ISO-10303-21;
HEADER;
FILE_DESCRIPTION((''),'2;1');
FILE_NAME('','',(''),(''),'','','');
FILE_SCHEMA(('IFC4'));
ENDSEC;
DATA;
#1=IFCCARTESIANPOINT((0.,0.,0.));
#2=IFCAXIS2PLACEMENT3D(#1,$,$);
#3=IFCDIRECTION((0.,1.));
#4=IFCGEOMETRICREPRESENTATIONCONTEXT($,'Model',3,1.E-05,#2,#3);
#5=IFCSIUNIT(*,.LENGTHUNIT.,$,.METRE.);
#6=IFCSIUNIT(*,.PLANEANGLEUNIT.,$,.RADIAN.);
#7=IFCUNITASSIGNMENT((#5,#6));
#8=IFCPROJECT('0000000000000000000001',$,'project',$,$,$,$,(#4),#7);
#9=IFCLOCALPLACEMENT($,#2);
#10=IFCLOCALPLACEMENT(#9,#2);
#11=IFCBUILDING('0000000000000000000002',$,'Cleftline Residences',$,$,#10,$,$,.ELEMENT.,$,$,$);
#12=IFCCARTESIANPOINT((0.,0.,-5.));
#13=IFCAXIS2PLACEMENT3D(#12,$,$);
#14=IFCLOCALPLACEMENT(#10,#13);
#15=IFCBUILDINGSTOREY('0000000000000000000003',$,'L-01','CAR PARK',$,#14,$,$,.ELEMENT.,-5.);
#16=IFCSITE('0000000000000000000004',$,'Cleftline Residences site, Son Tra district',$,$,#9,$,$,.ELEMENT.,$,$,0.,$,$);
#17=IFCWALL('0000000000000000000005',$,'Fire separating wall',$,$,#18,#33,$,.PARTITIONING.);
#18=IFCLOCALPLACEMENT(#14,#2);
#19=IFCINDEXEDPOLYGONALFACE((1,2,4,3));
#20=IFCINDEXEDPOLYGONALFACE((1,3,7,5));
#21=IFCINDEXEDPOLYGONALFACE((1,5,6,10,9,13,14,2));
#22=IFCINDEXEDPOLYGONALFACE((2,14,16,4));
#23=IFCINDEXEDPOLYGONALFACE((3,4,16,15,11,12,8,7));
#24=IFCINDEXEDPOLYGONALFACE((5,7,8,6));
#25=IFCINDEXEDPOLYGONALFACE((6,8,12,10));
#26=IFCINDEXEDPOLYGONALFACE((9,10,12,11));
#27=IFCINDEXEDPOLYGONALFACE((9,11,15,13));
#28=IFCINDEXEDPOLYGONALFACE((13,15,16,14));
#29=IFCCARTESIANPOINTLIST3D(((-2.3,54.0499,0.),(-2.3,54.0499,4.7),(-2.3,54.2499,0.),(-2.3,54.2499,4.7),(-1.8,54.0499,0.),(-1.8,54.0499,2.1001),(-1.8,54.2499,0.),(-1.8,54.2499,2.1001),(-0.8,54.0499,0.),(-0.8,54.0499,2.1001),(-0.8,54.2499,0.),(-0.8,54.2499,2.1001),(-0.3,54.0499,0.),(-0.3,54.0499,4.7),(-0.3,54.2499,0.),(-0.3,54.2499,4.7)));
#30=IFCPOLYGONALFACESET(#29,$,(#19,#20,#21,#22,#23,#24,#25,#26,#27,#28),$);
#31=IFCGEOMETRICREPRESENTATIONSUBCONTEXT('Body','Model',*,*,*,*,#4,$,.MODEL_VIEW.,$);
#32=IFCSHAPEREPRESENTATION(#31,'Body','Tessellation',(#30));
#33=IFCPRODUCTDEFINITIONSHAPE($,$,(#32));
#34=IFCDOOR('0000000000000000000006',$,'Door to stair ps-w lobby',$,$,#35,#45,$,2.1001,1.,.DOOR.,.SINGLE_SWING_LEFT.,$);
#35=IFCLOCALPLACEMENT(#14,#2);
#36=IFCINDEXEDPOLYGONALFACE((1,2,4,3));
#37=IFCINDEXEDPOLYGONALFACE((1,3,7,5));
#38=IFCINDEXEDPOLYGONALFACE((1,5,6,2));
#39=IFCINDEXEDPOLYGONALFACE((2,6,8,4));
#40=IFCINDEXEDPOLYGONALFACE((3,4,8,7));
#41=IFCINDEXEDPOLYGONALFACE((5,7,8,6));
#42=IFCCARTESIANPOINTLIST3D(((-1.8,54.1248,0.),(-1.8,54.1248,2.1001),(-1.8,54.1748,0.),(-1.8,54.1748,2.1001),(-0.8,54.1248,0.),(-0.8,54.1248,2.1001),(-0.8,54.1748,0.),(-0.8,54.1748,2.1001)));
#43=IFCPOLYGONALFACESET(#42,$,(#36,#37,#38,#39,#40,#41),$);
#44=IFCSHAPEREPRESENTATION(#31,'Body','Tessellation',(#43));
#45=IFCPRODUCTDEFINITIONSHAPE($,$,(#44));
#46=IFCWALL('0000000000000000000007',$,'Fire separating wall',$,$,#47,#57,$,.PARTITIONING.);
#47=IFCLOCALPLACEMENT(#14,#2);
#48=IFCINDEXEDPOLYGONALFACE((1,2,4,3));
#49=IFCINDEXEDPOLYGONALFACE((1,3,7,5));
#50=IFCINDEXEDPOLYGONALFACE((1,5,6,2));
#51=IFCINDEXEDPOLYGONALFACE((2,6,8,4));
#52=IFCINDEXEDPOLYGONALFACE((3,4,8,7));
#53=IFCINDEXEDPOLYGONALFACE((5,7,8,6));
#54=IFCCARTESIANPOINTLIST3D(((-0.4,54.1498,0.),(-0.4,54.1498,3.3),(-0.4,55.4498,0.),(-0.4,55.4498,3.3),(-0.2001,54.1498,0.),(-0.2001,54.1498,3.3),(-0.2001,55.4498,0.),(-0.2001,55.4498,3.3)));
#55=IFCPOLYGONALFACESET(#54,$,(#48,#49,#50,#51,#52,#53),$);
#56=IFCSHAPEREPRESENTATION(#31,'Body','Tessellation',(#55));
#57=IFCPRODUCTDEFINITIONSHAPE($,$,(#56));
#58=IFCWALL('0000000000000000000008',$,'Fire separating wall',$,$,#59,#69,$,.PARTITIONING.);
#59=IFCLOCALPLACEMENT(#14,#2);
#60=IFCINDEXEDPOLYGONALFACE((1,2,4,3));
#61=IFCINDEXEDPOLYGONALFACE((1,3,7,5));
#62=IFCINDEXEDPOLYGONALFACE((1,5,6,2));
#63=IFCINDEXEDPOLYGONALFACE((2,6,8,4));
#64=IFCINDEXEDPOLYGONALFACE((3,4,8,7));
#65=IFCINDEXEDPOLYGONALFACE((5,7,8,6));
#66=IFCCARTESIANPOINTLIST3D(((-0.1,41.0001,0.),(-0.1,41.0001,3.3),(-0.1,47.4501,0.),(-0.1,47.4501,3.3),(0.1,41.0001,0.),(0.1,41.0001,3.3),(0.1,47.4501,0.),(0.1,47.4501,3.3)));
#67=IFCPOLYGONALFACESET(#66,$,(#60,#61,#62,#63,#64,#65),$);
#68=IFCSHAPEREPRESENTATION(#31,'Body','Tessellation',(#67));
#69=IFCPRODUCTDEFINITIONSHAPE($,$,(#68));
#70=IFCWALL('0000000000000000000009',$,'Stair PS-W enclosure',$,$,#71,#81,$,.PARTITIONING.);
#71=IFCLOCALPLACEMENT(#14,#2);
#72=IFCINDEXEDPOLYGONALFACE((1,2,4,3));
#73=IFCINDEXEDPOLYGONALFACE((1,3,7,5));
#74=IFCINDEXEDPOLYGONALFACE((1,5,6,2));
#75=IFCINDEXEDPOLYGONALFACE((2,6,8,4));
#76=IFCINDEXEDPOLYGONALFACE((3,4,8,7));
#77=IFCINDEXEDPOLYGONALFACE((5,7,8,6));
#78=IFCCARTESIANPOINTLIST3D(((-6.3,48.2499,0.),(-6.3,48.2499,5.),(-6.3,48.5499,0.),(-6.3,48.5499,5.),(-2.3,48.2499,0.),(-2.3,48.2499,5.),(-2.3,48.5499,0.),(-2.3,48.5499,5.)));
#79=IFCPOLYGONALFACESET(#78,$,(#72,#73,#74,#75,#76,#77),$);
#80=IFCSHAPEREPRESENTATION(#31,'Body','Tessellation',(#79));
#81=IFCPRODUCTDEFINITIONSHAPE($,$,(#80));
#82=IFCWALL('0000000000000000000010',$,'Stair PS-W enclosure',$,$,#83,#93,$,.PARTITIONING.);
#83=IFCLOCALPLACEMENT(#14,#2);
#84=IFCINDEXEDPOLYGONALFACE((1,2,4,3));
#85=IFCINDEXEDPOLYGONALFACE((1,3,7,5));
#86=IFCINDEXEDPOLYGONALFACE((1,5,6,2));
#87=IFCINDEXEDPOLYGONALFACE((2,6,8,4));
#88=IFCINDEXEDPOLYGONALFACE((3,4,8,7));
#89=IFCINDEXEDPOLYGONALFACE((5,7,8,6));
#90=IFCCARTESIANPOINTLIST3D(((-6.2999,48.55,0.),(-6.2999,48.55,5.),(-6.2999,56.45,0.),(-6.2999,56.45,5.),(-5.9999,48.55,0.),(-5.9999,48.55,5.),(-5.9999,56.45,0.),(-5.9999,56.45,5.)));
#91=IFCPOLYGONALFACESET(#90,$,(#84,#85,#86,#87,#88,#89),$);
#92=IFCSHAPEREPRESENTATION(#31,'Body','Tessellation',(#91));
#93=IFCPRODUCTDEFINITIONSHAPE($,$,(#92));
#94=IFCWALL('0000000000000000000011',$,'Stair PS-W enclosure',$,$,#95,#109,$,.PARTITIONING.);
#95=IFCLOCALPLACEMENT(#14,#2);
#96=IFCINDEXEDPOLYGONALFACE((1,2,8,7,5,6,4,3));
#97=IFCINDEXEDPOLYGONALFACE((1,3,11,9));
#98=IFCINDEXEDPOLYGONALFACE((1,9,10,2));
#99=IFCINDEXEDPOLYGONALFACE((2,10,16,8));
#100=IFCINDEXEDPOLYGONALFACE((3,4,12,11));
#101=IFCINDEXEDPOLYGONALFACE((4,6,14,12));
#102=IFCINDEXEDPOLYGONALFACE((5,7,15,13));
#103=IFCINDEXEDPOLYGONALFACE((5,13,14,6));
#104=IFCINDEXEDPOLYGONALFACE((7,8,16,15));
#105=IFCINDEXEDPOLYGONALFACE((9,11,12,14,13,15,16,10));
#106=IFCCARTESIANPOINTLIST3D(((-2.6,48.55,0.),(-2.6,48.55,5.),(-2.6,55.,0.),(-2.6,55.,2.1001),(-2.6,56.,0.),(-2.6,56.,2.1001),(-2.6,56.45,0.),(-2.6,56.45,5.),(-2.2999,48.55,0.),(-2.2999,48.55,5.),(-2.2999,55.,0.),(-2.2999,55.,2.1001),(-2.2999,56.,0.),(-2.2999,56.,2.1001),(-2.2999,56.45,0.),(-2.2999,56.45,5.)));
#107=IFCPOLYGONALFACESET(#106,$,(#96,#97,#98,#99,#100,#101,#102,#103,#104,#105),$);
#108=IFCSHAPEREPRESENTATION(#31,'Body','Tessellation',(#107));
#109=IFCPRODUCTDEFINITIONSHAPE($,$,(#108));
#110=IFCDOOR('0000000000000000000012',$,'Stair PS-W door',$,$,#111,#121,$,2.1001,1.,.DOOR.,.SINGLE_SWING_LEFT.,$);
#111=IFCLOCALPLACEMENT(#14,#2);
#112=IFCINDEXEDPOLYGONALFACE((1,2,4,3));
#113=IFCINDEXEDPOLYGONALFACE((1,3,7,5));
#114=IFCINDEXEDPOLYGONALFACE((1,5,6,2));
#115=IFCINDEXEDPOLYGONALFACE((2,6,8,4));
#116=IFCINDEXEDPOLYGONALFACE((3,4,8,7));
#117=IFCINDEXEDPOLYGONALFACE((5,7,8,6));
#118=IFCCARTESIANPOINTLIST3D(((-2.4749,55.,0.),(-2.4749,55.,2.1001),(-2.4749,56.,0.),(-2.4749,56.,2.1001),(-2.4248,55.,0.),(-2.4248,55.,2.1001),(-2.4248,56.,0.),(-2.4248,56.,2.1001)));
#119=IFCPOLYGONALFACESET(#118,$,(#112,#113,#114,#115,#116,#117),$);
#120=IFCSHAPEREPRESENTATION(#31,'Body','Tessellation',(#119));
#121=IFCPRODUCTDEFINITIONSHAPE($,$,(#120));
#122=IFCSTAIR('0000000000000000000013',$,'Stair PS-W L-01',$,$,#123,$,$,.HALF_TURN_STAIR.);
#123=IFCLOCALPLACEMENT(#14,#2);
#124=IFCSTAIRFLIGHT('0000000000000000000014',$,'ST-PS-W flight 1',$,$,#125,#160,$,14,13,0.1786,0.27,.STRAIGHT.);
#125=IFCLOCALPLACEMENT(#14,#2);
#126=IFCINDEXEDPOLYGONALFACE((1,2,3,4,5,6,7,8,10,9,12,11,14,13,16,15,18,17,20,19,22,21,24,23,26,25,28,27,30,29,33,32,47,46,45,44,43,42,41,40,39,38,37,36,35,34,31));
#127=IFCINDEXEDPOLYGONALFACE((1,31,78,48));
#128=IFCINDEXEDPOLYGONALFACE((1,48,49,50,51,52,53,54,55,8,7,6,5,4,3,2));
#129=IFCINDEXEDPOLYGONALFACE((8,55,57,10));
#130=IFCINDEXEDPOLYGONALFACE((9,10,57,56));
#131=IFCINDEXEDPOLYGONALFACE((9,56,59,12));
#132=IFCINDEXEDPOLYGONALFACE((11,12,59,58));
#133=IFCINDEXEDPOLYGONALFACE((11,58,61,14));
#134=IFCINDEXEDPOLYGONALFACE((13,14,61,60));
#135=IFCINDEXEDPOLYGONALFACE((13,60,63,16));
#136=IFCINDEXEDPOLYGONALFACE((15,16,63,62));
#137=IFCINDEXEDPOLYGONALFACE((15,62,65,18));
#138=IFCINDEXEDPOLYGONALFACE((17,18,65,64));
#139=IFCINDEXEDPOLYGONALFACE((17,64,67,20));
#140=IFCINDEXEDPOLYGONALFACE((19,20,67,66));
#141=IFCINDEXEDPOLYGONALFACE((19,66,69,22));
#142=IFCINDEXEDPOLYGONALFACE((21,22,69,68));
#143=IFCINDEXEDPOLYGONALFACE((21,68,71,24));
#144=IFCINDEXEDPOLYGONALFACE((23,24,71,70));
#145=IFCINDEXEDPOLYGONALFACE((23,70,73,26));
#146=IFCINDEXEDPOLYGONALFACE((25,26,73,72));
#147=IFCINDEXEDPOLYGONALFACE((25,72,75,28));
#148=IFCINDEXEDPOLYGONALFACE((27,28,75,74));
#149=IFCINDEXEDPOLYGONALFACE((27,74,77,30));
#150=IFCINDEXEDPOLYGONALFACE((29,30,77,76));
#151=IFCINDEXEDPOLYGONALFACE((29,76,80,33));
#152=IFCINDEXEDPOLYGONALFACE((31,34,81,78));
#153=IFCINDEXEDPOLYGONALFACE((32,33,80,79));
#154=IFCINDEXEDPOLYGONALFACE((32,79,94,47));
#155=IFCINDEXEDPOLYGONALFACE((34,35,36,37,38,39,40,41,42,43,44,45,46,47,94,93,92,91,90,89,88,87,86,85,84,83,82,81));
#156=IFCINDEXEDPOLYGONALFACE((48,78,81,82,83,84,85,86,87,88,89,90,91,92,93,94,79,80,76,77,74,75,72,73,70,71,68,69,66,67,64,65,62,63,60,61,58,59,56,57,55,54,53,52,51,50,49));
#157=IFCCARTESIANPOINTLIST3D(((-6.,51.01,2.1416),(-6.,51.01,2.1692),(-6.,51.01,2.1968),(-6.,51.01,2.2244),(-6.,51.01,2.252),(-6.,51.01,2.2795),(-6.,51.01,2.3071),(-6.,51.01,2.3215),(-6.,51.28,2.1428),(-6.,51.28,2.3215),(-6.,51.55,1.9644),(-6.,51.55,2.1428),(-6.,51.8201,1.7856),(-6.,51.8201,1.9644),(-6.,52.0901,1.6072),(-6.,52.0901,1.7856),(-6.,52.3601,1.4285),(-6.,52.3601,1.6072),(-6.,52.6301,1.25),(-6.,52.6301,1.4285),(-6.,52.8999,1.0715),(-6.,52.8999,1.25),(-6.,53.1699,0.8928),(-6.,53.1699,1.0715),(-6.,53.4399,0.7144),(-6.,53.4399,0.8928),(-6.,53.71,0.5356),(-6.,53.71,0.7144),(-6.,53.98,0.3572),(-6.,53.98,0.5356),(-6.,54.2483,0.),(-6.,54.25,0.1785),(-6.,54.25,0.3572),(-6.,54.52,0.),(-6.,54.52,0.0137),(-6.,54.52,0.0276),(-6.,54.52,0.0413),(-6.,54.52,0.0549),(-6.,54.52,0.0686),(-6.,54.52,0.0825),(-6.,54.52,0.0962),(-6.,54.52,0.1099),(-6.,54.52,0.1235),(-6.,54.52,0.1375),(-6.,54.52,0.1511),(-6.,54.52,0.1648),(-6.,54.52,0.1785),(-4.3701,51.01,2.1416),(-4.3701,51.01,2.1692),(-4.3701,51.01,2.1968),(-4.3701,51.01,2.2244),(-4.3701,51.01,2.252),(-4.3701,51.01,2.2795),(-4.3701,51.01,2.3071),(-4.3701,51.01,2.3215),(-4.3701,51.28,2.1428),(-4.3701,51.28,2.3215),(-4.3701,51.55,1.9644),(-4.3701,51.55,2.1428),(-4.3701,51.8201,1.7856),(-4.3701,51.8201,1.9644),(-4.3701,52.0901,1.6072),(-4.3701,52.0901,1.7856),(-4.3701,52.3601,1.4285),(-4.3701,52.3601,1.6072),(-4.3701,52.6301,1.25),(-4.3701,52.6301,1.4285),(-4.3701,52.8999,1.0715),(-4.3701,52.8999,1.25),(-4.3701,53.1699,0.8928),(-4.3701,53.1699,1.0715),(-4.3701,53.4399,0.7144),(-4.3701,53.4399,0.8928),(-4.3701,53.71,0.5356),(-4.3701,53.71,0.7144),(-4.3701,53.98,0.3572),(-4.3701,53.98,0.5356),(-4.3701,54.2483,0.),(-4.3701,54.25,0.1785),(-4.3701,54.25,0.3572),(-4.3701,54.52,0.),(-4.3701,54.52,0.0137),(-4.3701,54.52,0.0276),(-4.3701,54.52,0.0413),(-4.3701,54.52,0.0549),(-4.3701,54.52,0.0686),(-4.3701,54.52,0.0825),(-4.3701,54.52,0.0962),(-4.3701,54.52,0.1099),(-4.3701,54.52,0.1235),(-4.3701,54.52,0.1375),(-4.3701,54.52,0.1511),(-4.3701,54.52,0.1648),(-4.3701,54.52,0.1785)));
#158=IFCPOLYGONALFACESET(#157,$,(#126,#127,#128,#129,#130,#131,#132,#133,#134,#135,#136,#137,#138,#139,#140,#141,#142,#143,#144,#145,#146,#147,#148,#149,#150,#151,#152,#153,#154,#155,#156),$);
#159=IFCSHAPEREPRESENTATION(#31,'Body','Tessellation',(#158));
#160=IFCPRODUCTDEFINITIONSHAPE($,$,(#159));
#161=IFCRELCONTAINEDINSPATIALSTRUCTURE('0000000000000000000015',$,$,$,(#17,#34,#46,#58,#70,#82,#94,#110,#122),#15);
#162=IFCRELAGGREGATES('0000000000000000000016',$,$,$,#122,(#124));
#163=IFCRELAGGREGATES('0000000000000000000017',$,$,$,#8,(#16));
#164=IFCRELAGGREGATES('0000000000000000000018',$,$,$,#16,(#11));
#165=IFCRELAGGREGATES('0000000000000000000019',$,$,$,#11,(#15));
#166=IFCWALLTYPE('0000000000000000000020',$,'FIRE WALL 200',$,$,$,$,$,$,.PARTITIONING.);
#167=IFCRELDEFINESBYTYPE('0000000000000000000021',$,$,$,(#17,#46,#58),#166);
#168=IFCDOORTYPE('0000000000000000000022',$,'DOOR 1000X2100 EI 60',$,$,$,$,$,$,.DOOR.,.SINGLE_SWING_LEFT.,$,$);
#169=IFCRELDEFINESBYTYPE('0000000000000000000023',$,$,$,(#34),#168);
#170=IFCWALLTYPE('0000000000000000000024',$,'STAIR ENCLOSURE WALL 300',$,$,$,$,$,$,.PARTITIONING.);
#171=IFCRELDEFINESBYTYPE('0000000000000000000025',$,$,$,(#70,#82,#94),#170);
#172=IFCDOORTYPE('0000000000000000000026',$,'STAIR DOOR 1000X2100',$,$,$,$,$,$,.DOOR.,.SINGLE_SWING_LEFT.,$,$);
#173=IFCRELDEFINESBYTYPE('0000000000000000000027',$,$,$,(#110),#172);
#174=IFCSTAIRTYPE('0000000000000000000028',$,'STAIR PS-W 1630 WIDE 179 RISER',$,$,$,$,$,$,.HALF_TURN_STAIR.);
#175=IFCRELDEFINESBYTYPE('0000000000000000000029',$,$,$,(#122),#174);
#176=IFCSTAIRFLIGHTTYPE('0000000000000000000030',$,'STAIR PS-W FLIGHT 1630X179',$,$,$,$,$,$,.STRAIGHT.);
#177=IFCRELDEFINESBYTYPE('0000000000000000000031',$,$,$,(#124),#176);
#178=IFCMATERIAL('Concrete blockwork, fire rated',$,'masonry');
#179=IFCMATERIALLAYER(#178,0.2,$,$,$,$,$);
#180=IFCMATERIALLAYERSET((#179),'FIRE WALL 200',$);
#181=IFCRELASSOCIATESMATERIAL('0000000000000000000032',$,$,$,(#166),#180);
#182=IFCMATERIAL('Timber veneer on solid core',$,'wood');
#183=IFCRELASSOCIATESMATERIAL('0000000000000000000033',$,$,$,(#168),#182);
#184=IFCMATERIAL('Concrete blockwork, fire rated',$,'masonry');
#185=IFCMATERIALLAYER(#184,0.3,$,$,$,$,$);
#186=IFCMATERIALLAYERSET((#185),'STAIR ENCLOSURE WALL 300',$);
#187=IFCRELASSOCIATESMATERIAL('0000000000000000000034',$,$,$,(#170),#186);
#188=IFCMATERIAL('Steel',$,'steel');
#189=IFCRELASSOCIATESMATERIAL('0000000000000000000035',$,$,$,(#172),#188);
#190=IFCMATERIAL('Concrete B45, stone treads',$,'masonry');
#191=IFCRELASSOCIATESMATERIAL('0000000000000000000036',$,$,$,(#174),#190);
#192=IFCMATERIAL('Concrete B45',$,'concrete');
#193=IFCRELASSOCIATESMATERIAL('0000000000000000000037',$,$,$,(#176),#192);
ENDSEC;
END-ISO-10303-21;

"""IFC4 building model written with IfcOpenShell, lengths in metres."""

from ifc_helpers import new_model, si_unit, direction, frame, frame_2d, origin, place, context, subcontext, project, spatial, polyline, rectangle, outline, extrude, material, layer, layer_set, type_object, element, fill, aggregate, save


model = new_model("IFC4")

# Units and contexts
model_context = context("Model", 3, precision=1e-05, world=origin(), true_north=direction((0.0, 1.0)))
body_context = subcontext(model_context, "Body", "Model", "MODEL_VIEW")
ifc_project = project(units=[si_unit("LENGTHUNIT", "METRE"), si_unit("PLANEANGLEUNIT", "RADIAN")], contexts=[model_context])

# Site, building, storey
site_placement = place(None, origin())
site = spatial("IfcSite", under=ifc_project, at=site_placement, Name="Cleftline Residences site, Son Tra district", CompositionType="ELEMENT", RefElevation=0.0)
building_placement = place(site_placement, origin())
building = spatial("IfcBuilding", under=site, at=building_placement, Name="Cleftline Residences", CompositionType="ELEMENT")
storey_placement = place(building_placement, frame((0.0, 0.0, -5.0)))
storey = spatial("IfcBuildingStorey", under=building, at=storey_placement, Name="L-01", Description="CAR PARK", CompositionType="ELEMENT", Elevation=-5.0)

# Shared definitions
ifc_material_1 = material(Name="Concrete blockwork, fire rated", Category="masonry")
ifc_layer_1 = layer(ifc_material_1, 0.2)
ifc_layer_set_1 = layer_set([ifc_layer_1], Name="FIRE WALL 200")
wall_type_1 = type_object("IfcWallType", Name="FIRE WALL 200", PredefinedType="PARTITIONING", material=ifc_layer_set_1)

# Wall, opening, door
wall_1_placement = place(storey_placement, frame((-2.3, 54.1499, 0.0), z_axis=(0.0, 0.0, 1.0), x_axis=(1.0, 0.0, 0.0)))
wall_1 = element("IfcWall", 1, at=wall_1_placement, inside=storey, type_object=wall_type_1, Name="Fire separating wall", PredefinedType="PARTITIONING", context=body_context, shape_type="SweptSolid", body=[
    extrude(rectangle(XDim=2.0, YDim=0.2, at=frame_2d((1.0, 0.0))), origin(), (0.0, 0.0, 1.0), 4.7),
])
opening_1_placement = place(wall_1_placement, frame((0.5, 0.0, 0.0)))
opening_1 = element("IfcOpeningElement", 2, at=opening_1_placement, cuts=wall_1, PredefinedType="OPENING", context=body_context, shape_type="SweptSolid", body=[
    extrude(rectangle(XDim=1.0, YDim=2.1001, at=frame_2d((0.5, 1.05))), frame((0.0, 0.1099, 0.0), z_axis=(0.0, -1.0, 0.0), x_axis=(1.0, 0.0, 0.0)), (0.0, 0.0, 1.0), 0.22),
])
ifc_material_2 = material(Name="Timber veneer on solid core", Category="wood")
door_type_1 = type_object("IfcDoorType", Name="DOOR 1000X2100 EI 60", OperationType="SINGLE_SWING_LEFT", PredefinedType="DOOR", material=ifc_material_2)
door_1_placement = place(opening_1_placement, origin())
door_1 = element("IfcDoor", 3, at=door_1_placement, inside=storey, type_object=door_type_1, Name="Door to stair ps-w lobby", OperationType="SINGLE_SWING_LEFT", OverallHeight=2.1001, OverallWidth=1.0, PredefinedType="DOOR", context=body_context, shape_type="SweptSolid", body=[
    extrude(rectangle(XDim=1.0, YDim=2.1001, at=frame_2d((0.5, 1.05))), frame((0.0, 0.0249, 0.0), z_axis=(0.0, -1.0, 0.0), x_axis=(1.0, 0.0, 0.0)), (0.0, 0.0, 1.0), 0.05),
])
fill(opening_1, door_1)

# Walls
wall_2_placement = place(storey_placement, frame((-0.3, 54.1499, 0.0), z_axis=(0.0, 0.0, 1.0), x_axis=(0.0, 1.0, 0.0)))
element("IfcWall", 4, at=wall_2_placement, inside=storey, type_object=wall_type_1, Name="Fire separating wall", PredefinedType="PARTITIONING", context=body_context, shape_type="SweptSolid", body=[
    extrude(rectangle(XDim=1.3, YDim=0.2, at=frame_2d((0.6499, 0.0))), origin(), (0.0, 0.0, 1.0), 3.3),
])
wall_3_placement = place(storey_placement, frame((0.0, 41.0, 0.0), z_axis=(0.0, 0.0, 1.0), x_axis=(0.0, 1.0, 0.0)))
element("IfcWall", 5, at=wall_3_placement, inside=storey, type_object=wall_type_1, Name="Fire separating wall", PredefinedType="PARTITIONING", context=body_context, shape_type="SweptSolid", body=[
    extrude(rectangle(XDim=6.45, YDim=0.2, at=frame_2d((3.2251, 0.0))), origin(), (0.0, 0.0, 1.0), 3.3),
])
ifc_material_3 = material(Name="Concrete blockwork, fire rated", Category="masonry")
ifc_layer_2 = layer(ifc_material_3, 0.3)
ifc_layer_set_2 = layer_set([ifc_layer_2], Name="STAIR ENCLOSURE WALL 300")
wall_type_2 = type_object("IfcWallType", Name="STAIR ENCLOSURE WALL 300", PredefinedType="PARTITIONING", material=ifc_layer_set_2)
wall_4_placement = place(storey_placement, frame((-6.3, 48.3999, 0.0), z_axis=(0.0, 0.0, 1.0), x_axis=(1.0, 0.0, 0.0)))
element("IfcWall", 6, at=wall_4_placement, inside=storey, type_object=wall_type_2, Name="Stair PS-W enclosure", PredefinedType="PARTITIONING", context=body_context, shape_type="SweptSolid", body=[
    extrude(rectangle(XDim=4.0, YDim=0.3, at=frame_2d((2.0, 0.0))), origin(), (0.0, 0.0, 1.0), 5.0),
])
wall_5_placement = place(storey_placement, frame((-6.1499, 48.55, 0.0), z_axis=(0.0, 0.0, 1.0), x_axis=(0.0, 1.0, 0.0)))
element("IfcWall", 7, at=wall_5_placement, inside=storey, type_object=wall_type_2, Name="Stair PS-W enclosure", PredefinedType="PARTITIONING", context=body_context, shape_type="SweptSolid", body=[
    extrude(rectangle(XDim=7.8999, YDim=0.3, at=frame_2d((3.95, 0.0))), origin(), (0.0, 0.0, 1.0), 5.0),
])

# Wall, opening, door
wall_6_placement = place(storey_placement, frame((-2.45, 48.55, 0.0), z_axis=(0.0, 0.0, 1.0), x_axis=(0.0, 1.0, 0.0)))
wall_6 = element("IfcWall", 8, at=wall_6_placement, inside=storey, type_object=wall_type_2, Name="Stair PS-W enclosure", PredefinedType="PARTITIONING", context=body_context, shape_type="SweptSolid", body=[
    extrude(rectangle(XDim=7.8999, YDim=0.3, at=frame_2d((3.95, 0.0))), origin(), (0.0, 0.0, 1.0), 5.0),
])
opening_2_placement = place(wall_6_placement, frame((6.45, 0.0, 0.0)))
opening_2 = element("IfcOpeningElement", 9, at=opening_2_placement, cuts=wall_6, PredefinedType="OPENING", context=body_context, shape_type="SweptSolid", body=[
    extrude(rectangle(XDim=1.0, YDim=2.1001, at=frame_2d((0.5, 1.05))), frame((0.0, 0.1599, 0.0), z_axis=(0.0, -1.0, 0.0), x_axis=(1.0, 0.0, 0.0)), (0.0, 0.0, 1.0), 0.3201),
])
ifc_material_4 = material(Name="Steel", Category="steel")
door_type_2 = type_object("IfcDoorType", Name="STAIR DOOR 1000X2100", OperationType="SINGLE_SWING_LEFT", PredefinedType="DOOR", material=ifc_material_4)
door_2_placement = place(opening_2_placement, origin())
door_2 = element("IfcDoor", 10, at=door_2_placement, inside=storey, type_object=door_type_2, Name="Stair PS-W door", OperationType="SINGLE_SWING_LEFT", OverallHeight=2.1001, OverallWidth=1.0, PredefinedType="DOOR", context=body_context, shape_type="SweptSolid", body=[
    extrude(rectangle(XDim=1.0, YDim=2.1001, at=frame_2d((0.5, 1.05))), frame((0.0, 0.0249, 0.0), z_axis=(0.0, -1.0, 0.0), x_axis=(1.0, 0.0, 0.0)), (0.0, 0.0, 1.0), 0.05),
])
fill(opening_2, door_2)

# Stair, stair flight
ifc_material_5 = material(Name="Concrete B45, stone treads", Category="masonry")
stair_type = type_object("IfcStairType", Name="STAIR PS-W 1630 WIDE 179 RISER", PredefinedType="HALF_TURN_STAIR", material=ifc_material_5)
stair_placement = place(storey_placement, origin())
stair = element("IfcStair", 11, at=stair_placement, inside=storey, type_object=stair_type, Name="Stair PS-W L-01", PredefinedType="HALF_TURN_STAIR")
ifc_material_6 = material(Name="Concrete B45", Category="concrete")
stair_flight_type = type_object("IfcStairFlightType", Name="STAIR PS-W FLIGHT 1630X179", PredefinedType="STRAIGHT", material=ifc_material_6)
stair_flight_1_placement = place(storey_placement, frame((-5.1851, 54.52, 0.0), z_axis=(0.0, 0.0, 1.0), x_axis=(0.0, -1.0, 0.0)))
stair_flight_1 = element("IfcStairFlight", 12, at=stair_flight_1_placement, type_object=stair_flight_type, Name="ST-PS-W flight 1", NumberOfRisers=14, NumberOfTreads=13, PredefinedType="STRAIGHT", RiserHeight=0.1786, TreadLength=0.27, context=body_context, shape_type="SweptSolid", body=[
    extrude(outline(polyline([(0.0, 0.0), (0.0, 0.0137), (0.0, 0.0276), (0.0, 0.0413), (0.0, 0.0549), (0.0, 0.0686), (0.0, 0.0825), (0.0, 0.0962), (0.0, 0.1099), (0.0, 0.1235), (0.0, 0.1375), (0.0, 0.1511), (0.0, 0.1648), (0.0, 0.1785), (0.27, 0.1785), (0.27, 0.3572), (0.54, 0.3572), (0.54, 0.5356), (0.8101, 0.5356), (0.8101, 0.7144), (1.0801, 0.7144), (1.0801, 0.8928), (1.3501, 0.8928), (1.3501, 1.0715), (1.6201, 1.0715), (1.6201, 1.25), (1.8899, 1.25), (1.8899, 1.4285), (2.1599, 1.4285), (2.1599, 1.6072), (2.4299, 1.6072), (2.4299, 1.7856), (2.7, 1.7856), (2.7, 1.9644), (2.97, 1.9644), (2.97, 2.1428), (3.24, 2.1428), (3.24, 2.3215), (3.51, 2.3215), (3.51, 2.5), (3.51, 2.4724), (3.51, 2.4448), (3.51, 2.4172), (3.51, 2.3896), (3.51, 2.3623), (3.51, 2.3347), (3.51, 2.3071), (3.51, 2.2795), (3.51, 2.252), (3.51, 2.2244), (3.51, 2.1968), (3.51, 2.1692), (3.51, 2.1416), (0.2717, 0.0), (0.0, 0.0)])), frame((0.0, 0.8149, 0.0), z_axis=(0.0, -1.0, 0.0), x_axis=(1.0, 0.0, 0.0)), (0.0, 0.0, 1.0), 1.6299),
])
aggregate(stair, [stair_flight_1])

save(model, "model.ifc")
